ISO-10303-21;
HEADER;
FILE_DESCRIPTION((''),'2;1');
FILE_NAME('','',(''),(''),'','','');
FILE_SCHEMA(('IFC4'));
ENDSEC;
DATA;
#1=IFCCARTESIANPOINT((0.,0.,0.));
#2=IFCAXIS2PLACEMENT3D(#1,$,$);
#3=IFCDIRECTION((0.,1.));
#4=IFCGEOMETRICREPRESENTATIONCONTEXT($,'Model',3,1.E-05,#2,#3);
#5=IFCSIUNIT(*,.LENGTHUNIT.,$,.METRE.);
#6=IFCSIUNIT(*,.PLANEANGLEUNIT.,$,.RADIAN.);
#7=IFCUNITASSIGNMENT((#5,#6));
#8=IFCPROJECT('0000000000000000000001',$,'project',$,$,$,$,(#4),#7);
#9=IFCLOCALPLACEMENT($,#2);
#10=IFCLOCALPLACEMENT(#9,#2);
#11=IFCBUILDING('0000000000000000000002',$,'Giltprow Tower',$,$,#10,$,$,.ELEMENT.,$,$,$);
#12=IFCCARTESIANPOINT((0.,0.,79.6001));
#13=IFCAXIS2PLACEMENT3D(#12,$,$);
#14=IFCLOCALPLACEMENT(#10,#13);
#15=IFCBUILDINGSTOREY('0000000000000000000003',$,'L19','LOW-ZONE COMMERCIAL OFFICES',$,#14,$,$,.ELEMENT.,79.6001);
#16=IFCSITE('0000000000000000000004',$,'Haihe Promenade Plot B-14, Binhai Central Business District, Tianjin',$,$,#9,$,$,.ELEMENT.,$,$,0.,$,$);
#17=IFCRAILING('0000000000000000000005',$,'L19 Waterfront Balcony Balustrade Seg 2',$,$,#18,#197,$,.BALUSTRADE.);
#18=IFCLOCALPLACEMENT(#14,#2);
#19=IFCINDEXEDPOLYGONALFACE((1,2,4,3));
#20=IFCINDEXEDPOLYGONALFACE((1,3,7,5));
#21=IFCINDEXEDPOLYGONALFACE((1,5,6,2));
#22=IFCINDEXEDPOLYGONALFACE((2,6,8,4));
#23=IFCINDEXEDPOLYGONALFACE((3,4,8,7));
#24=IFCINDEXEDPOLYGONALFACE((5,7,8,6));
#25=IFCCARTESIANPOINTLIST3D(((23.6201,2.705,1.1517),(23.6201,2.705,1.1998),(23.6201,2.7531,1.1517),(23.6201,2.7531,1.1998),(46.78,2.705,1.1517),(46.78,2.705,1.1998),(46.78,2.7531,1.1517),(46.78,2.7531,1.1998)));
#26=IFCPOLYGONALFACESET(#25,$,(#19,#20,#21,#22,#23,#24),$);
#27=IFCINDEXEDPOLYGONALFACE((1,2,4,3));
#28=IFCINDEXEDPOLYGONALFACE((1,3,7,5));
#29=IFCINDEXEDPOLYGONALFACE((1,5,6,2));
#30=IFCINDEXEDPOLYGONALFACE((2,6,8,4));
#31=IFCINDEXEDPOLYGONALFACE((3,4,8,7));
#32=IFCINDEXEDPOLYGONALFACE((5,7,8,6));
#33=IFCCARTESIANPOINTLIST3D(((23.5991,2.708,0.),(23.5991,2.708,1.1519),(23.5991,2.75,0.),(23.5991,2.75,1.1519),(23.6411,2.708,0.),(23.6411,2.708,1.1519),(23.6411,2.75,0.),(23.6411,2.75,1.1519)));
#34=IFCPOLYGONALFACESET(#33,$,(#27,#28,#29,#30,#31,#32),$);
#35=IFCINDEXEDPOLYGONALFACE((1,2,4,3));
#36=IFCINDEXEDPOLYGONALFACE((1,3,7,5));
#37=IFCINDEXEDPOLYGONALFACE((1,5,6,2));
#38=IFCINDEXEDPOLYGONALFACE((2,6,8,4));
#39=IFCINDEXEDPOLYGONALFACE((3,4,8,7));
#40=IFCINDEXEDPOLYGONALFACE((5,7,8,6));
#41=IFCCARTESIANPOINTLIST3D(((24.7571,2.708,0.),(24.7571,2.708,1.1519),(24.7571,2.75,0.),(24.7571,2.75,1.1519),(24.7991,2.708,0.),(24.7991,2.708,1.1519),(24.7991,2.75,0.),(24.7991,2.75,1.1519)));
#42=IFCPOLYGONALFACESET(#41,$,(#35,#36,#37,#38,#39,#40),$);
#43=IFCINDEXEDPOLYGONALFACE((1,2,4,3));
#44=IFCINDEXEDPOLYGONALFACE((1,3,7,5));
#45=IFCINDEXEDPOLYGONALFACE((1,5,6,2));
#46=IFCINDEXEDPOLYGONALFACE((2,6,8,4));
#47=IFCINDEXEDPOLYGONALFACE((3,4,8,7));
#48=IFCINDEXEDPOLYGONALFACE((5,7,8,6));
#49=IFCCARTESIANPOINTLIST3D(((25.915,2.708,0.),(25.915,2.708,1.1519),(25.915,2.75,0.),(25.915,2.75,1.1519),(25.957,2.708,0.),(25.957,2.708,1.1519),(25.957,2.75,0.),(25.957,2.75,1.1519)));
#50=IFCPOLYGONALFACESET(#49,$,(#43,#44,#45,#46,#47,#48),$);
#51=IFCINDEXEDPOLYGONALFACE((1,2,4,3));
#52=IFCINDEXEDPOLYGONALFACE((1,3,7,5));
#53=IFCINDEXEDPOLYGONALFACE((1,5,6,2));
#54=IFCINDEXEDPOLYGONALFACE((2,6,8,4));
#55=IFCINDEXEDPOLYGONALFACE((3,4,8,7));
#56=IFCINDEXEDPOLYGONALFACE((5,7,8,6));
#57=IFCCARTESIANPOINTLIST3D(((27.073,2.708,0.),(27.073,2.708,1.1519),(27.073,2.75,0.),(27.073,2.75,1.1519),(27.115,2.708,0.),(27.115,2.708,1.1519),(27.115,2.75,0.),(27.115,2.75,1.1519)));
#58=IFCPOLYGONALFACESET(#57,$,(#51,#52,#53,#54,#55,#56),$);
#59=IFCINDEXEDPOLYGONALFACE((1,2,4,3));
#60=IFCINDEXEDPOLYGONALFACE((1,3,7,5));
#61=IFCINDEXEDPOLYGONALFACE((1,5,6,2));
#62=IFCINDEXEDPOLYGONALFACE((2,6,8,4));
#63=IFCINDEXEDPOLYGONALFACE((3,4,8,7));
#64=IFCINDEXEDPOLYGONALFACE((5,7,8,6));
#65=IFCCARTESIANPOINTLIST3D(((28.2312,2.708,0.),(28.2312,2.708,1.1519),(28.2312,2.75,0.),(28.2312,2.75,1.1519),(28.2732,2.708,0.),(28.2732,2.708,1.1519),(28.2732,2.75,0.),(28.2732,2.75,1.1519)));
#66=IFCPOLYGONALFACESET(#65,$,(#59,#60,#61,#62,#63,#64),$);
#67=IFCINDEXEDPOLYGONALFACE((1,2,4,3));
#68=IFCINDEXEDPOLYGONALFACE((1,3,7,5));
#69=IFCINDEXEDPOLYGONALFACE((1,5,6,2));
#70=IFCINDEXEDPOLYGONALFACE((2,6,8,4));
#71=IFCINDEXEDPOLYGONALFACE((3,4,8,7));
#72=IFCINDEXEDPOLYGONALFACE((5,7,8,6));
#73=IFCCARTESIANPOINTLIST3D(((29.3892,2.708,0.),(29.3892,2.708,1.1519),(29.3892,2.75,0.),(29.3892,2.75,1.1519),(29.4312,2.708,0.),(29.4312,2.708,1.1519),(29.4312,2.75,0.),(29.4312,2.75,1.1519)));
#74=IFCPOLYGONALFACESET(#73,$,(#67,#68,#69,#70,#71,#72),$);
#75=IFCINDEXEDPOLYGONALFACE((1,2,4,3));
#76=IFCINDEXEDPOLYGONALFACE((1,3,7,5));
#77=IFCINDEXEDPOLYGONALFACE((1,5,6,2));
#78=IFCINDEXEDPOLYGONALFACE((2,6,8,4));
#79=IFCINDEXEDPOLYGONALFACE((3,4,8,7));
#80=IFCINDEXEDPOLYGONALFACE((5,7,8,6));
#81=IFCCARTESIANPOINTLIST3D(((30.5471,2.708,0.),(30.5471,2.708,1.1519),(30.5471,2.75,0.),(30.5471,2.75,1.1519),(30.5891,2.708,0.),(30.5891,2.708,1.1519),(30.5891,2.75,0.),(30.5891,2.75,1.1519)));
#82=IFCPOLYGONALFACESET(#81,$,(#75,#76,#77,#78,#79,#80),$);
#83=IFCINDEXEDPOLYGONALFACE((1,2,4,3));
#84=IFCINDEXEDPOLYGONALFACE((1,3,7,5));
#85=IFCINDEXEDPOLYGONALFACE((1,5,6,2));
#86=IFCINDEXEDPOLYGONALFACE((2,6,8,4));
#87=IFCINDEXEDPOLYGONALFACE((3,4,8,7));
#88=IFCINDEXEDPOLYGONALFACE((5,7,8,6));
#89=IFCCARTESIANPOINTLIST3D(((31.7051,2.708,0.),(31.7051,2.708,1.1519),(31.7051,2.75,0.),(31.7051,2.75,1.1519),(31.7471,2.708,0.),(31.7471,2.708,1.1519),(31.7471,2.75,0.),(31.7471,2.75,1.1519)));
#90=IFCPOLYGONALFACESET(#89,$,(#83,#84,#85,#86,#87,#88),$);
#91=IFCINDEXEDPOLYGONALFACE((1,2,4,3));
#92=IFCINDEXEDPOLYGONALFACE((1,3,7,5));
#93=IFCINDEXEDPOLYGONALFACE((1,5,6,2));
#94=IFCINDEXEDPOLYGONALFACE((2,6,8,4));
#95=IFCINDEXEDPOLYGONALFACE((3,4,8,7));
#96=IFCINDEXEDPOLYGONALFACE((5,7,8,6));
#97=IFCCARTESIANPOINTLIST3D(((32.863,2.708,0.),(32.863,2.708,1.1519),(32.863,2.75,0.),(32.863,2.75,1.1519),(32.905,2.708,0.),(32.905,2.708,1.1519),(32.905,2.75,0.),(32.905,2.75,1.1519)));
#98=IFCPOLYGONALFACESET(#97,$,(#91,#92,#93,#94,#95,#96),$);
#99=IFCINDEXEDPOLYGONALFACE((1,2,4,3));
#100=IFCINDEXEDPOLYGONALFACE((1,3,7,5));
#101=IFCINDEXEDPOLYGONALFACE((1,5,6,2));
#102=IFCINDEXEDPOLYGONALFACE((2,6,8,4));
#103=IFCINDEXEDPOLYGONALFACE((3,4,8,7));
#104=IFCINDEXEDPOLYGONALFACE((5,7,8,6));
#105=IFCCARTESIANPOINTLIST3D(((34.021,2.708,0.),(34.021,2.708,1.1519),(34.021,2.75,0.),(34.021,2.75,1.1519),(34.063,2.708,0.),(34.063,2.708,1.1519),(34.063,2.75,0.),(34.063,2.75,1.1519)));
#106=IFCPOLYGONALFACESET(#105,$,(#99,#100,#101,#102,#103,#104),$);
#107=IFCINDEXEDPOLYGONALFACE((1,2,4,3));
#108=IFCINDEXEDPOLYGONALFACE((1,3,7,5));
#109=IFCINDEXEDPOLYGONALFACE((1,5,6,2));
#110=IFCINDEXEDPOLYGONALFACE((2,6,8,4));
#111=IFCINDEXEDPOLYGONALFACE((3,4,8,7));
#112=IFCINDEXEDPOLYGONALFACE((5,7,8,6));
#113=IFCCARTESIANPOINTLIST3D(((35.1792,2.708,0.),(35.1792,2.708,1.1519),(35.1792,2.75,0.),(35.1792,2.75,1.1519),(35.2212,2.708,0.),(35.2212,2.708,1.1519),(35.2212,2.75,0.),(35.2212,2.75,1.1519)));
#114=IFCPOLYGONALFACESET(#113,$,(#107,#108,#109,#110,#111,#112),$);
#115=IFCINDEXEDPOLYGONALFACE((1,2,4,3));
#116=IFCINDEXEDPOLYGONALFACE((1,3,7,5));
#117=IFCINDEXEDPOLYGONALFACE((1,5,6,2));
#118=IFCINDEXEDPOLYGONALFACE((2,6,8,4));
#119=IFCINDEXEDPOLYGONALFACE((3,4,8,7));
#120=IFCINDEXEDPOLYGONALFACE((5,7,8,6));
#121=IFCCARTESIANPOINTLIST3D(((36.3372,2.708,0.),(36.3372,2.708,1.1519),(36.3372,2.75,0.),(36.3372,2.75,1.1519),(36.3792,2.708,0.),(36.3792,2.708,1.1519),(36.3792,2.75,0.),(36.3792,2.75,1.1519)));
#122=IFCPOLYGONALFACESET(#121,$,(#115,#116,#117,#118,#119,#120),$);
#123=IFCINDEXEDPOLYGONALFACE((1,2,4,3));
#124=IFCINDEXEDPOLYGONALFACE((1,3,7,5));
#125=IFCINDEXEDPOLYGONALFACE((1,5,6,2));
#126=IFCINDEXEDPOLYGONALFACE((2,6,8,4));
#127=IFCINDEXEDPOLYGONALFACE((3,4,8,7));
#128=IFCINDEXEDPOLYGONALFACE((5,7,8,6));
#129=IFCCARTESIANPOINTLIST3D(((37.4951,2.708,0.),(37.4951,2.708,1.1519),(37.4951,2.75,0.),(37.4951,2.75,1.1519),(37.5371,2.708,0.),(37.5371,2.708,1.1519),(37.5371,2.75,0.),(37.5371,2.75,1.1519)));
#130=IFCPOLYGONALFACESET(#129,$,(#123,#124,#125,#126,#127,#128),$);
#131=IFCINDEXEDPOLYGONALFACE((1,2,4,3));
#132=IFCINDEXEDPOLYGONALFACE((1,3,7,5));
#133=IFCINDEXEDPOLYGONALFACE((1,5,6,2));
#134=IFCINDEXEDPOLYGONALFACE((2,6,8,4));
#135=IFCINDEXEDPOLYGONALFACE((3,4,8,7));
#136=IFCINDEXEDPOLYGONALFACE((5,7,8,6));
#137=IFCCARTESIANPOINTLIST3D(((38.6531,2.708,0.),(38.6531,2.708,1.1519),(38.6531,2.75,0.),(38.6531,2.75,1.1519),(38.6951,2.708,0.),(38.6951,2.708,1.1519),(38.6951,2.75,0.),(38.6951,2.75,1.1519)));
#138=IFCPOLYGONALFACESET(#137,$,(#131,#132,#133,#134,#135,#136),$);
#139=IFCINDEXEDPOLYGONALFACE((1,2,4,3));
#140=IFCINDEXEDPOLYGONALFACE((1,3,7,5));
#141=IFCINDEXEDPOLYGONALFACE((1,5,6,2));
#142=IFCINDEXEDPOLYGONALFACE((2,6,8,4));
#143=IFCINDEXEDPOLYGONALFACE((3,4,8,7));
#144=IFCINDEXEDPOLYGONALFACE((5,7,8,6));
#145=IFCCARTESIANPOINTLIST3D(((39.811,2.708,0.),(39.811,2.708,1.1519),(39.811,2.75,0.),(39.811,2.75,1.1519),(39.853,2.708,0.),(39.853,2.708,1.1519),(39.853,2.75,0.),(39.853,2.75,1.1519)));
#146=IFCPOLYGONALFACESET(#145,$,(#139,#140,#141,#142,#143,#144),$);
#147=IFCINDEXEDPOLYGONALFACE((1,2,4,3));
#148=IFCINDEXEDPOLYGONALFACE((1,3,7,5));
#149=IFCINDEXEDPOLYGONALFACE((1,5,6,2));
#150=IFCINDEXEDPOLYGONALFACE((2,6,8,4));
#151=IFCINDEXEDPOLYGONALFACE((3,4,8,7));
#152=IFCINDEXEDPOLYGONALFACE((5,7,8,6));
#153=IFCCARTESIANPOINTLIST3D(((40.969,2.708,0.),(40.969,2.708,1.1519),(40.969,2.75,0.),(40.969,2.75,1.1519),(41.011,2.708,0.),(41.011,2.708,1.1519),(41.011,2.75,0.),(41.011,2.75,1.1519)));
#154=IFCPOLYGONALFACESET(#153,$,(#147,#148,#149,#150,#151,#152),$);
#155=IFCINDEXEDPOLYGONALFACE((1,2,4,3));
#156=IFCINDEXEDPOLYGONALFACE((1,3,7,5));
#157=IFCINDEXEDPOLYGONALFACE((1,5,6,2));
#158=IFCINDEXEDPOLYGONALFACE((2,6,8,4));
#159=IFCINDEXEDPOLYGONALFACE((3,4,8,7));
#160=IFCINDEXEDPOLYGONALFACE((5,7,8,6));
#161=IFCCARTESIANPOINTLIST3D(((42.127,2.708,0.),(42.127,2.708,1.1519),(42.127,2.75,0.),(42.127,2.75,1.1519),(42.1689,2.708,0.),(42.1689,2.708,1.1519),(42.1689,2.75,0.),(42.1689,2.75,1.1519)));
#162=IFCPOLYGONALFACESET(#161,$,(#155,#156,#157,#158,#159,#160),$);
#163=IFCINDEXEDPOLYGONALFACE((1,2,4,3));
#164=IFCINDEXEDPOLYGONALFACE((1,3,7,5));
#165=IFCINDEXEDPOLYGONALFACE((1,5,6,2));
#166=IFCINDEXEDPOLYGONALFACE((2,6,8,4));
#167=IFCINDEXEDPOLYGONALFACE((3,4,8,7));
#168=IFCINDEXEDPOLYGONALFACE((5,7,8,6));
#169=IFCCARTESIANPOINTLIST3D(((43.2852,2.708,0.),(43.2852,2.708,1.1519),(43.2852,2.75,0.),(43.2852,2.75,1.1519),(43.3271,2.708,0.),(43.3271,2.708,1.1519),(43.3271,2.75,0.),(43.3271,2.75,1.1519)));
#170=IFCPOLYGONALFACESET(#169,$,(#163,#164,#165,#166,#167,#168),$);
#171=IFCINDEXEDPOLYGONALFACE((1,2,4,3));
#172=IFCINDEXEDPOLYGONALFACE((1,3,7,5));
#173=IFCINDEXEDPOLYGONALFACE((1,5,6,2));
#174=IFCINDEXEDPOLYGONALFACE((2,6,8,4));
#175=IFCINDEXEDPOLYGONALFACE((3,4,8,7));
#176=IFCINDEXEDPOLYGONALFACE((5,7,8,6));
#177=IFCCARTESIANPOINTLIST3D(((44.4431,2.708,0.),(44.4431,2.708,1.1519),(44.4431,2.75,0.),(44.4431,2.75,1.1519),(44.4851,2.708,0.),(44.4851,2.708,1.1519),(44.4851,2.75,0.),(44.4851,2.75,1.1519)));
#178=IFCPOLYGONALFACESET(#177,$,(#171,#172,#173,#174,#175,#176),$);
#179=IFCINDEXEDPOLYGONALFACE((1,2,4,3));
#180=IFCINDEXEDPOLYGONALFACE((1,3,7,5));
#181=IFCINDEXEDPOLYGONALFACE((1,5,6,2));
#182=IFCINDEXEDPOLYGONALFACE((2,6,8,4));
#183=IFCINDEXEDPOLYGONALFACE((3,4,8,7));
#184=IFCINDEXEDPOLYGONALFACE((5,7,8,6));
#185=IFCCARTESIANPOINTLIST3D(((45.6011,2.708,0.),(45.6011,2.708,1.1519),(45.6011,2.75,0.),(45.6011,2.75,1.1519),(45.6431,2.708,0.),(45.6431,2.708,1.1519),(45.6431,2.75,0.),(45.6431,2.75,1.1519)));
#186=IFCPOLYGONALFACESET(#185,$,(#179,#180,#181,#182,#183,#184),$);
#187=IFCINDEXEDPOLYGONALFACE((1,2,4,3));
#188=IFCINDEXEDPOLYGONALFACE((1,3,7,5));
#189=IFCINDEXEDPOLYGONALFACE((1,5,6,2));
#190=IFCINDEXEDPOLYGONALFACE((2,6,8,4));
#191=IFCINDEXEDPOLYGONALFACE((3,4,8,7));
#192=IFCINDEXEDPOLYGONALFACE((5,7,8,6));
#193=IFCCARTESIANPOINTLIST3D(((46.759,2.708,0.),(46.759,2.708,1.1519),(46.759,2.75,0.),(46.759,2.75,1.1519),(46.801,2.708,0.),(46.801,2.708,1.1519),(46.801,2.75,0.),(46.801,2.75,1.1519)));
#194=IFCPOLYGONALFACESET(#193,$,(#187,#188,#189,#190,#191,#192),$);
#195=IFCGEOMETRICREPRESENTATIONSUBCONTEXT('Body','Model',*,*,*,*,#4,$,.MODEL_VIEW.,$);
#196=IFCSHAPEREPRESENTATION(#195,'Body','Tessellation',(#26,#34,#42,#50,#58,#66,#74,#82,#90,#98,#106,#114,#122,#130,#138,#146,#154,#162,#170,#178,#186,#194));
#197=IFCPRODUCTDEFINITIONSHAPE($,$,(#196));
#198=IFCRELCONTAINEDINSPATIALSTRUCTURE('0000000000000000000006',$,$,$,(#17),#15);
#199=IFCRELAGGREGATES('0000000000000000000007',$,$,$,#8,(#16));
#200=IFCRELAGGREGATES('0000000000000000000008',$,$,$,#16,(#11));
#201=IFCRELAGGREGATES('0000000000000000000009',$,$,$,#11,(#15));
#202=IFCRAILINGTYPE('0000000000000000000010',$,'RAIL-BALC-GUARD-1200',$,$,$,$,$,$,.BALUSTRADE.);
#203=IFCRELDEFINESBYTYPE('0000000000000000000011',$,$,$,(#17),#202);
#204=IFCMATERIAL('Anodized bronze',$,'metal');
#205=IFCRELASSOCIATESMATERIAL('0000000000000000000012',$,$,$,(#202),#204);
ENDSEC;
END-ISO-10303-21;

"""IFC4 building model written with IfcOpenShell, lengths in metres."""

from ifc_helpers import new_model, si_unit, direction, frame, origin, origin_2d, place, context, subcontext, project, spatial, rectangle, extrude, material, type_object, element, save


model = new_model("IFC4")

# Units and contexts
model_context = context("Model", 3, precision=1e-05, world=origin(), true_north=direction((0.0, 1.0)))
body_context = subcontext(model_context, "Body", "Model", "MODEL_VIEW")
ifc_project = project(units=[si_unit("LENGTHUNIT", "METRE"), si_unit("PLANEANGLEUNIT", "RADIAN")], contexts=[model_context])

# Site, building, storey
site_placement = place(None, origin())
site = spatial("IfcSite", under=ifc_project, at=site_placement, Name="Haihe Promenade Plot B-14, Binhai Central Business District, Tianjin", CompositionType="ELEMENT", RefElevation=0.0)
building_placement = place(site_placement, origin())
building = spatial("IfcBuilding", under=site, at=building_placement, Name="Giltprow Tower", CompositionType="ELEMENT")
storey_placement = place(building_placement, frame((0.0, 0.0, 79.6001)))
storey = spatial("IfcBuildingStorey", under=building, at=storey_placement, Name="L19", Description="LOW-ZONE COMMERCIAL OFFICES", CompositionType="ELEMENT", Elevation=79.6001)

# Shared definitions
ifc_material_1 = material(Name="Anodized bronze", Category="metal")

# Railing
railing_type = type_object("IfcRailingType", Name="RAIL-BALC-GUARD-1200", PredefinedType="BALUSTRADE", material=ifc_material_1)
railing_1_placement = place(storey_placement, frame((23.6201, 2.729, 0.0)))
element("IfcRailing", 1, at=railing_1_placement, inside=storey, type_object=railing_type, Name="L19 Waterfront Balcony Balustrade Seg 2", PredefinedType="BALUSTRADE", context=body_context, shape_type="SweptSolid", body=[
    extrude(rectangle(XDim=0.0481, YDim=0.0481, at=origin_2d()), frame((0.0, 0.0, 1.1758), z_axis=(1.0, 0.0, 0.0), x_axis=(0.0, 1.0, 0.0)), (0.0, 0.0, 1.0), 23.1599),
    extrude(rectangle(XDim=0.042, YDim=0.042, at=origin_2d()), origin(), (0.0, 0.0, 1.0), 1.1519),
    extrude(rectangle(XDim=0.042, YDim=0.042, at=origin_2d()), frame((1.158, 0.0, 0.0)), (0.0, 0.0, 1.0), 1.1519),
    extrude(rectangle(XDim=0.042, YDim=0.042, at=origin_2d()), frame((2.3159, 0.0, 0.0)), (0.0, 0.0, 1.0), 1.1519),
    extrude(rectangle(XDim=0.042, YDim=0.042, at=origin_2d()), frame((3.4739, 0.0, 0.0)), (0.0, 0.0, 1.0), 1.1519),
    extrude(rectangle(XDim=0.042, YDim=0.042, at=origin_2d()), frame((4.6321, 0.0, 0.0)), (0.0, 0.0, 1.0), 1.1519),
    extrude(rectangle(XDim=0.042, YDim=0.042, at=origin_2d()), frame((5.79, 0.0, 0.0)), (0.0, 0.0, 1.0), 1.1519),
    extrude(rectangle(XDim=0.042, YDim=0.042, at=origin_2d()), frame((6.948, 0.0, 0.0)), (0.0, 0.0, 1.0), 1.1519),
    extrude(rectangle(XDim=0.042, YDim=0.042, at=origin_2d()), frame((8.106, 0.0, 0.0)), (0.0, 0.0, 1.0), 1.1519),
    extrude(rectangle(XDim=0.042, YDim=0.042, at=origin_2d()), frame((9.2639, 0.0, 0.0)), (0.0, 0.0, 1.0), 1.1519),
    extrude(rectangle(XDim=0.042, YDim=0.042, at=origin_2d()), frame((10.4219, 0.0, 0.0)), (0.0, 0.0, 1.0), 1.1519),
    extrude(rectangle(XDim=0.042, YDim=0.042, at=origin_2d()), frame((11.5801, 0.0, 0.0)), (0.0, 0.0, 1.0), 1.1519),
    extrude(rectangle(XDim=0.042, YDim=0.042, at=origin_2d()), frame((12.738, 0.0, 0.0)), (0.0, 0.0, 1.0), 1.1519),
    extrude(rectangle(XDim=0.042, YDim=0.042, at=origin_2d()), frame((13.896, 0.0, 0.0)), (0.0, 0.0, 1.0), 1.1519),
    extrude(rectangle(XDim=0.042, YDim=0.042, at=origin_2d()), frame((15.054, 0.0, 0.0)), (0.0, 0.0, 1.0), 1.1519),
    extrude(rectangle(XDim=0.042, YDim=0.042, at=origin_2d()), frame((16.2119, 0.0, 0.0)), (0.0, 0.0, 1.0), 1.1519),
    extrude(rectangle(XDim=0.042, YDim=0.042, at=origin_2d()), frame((17.3699, 0.0, 0.0)), (0.0, 0.0, 1.0), 1.1519),
    extrude(rectangle(XDim=0.042, YDim=0.042, at=origin_2d()), frame((18.5278, 0.0, 0.0)), (0.0, 0.0, 1.0), 1.1519),
    extrude(rectangle(XDim=0.042, YDim=0.042, at=origin_2d()), frame((19.686, 0.0, 0.0)), (0.0, 0.0, 1.0), 1.1519),
    extrude(rectangle(XDim=0.042, YDim=0.042, at=origin_2d()), frame((20.844, 0.0, 0.0)), (0.0, 0.0, 1.0), 1.1519),
    extrude(rectangle(XDim=0.042, YDim=0.042, at=origin_2d()), frame((22.002, 0.0, 0.0)), (0.0, 0.0, 1.0), 1.1519),
    extrude(rectangle(XDim=0.042, YDim=0.042, at=origin_2d()), frame((23.1599, 0.0, 0.0)), (0.0, 0.0, 1.0), 1.1519),
])

save(model, "model.ifc")
